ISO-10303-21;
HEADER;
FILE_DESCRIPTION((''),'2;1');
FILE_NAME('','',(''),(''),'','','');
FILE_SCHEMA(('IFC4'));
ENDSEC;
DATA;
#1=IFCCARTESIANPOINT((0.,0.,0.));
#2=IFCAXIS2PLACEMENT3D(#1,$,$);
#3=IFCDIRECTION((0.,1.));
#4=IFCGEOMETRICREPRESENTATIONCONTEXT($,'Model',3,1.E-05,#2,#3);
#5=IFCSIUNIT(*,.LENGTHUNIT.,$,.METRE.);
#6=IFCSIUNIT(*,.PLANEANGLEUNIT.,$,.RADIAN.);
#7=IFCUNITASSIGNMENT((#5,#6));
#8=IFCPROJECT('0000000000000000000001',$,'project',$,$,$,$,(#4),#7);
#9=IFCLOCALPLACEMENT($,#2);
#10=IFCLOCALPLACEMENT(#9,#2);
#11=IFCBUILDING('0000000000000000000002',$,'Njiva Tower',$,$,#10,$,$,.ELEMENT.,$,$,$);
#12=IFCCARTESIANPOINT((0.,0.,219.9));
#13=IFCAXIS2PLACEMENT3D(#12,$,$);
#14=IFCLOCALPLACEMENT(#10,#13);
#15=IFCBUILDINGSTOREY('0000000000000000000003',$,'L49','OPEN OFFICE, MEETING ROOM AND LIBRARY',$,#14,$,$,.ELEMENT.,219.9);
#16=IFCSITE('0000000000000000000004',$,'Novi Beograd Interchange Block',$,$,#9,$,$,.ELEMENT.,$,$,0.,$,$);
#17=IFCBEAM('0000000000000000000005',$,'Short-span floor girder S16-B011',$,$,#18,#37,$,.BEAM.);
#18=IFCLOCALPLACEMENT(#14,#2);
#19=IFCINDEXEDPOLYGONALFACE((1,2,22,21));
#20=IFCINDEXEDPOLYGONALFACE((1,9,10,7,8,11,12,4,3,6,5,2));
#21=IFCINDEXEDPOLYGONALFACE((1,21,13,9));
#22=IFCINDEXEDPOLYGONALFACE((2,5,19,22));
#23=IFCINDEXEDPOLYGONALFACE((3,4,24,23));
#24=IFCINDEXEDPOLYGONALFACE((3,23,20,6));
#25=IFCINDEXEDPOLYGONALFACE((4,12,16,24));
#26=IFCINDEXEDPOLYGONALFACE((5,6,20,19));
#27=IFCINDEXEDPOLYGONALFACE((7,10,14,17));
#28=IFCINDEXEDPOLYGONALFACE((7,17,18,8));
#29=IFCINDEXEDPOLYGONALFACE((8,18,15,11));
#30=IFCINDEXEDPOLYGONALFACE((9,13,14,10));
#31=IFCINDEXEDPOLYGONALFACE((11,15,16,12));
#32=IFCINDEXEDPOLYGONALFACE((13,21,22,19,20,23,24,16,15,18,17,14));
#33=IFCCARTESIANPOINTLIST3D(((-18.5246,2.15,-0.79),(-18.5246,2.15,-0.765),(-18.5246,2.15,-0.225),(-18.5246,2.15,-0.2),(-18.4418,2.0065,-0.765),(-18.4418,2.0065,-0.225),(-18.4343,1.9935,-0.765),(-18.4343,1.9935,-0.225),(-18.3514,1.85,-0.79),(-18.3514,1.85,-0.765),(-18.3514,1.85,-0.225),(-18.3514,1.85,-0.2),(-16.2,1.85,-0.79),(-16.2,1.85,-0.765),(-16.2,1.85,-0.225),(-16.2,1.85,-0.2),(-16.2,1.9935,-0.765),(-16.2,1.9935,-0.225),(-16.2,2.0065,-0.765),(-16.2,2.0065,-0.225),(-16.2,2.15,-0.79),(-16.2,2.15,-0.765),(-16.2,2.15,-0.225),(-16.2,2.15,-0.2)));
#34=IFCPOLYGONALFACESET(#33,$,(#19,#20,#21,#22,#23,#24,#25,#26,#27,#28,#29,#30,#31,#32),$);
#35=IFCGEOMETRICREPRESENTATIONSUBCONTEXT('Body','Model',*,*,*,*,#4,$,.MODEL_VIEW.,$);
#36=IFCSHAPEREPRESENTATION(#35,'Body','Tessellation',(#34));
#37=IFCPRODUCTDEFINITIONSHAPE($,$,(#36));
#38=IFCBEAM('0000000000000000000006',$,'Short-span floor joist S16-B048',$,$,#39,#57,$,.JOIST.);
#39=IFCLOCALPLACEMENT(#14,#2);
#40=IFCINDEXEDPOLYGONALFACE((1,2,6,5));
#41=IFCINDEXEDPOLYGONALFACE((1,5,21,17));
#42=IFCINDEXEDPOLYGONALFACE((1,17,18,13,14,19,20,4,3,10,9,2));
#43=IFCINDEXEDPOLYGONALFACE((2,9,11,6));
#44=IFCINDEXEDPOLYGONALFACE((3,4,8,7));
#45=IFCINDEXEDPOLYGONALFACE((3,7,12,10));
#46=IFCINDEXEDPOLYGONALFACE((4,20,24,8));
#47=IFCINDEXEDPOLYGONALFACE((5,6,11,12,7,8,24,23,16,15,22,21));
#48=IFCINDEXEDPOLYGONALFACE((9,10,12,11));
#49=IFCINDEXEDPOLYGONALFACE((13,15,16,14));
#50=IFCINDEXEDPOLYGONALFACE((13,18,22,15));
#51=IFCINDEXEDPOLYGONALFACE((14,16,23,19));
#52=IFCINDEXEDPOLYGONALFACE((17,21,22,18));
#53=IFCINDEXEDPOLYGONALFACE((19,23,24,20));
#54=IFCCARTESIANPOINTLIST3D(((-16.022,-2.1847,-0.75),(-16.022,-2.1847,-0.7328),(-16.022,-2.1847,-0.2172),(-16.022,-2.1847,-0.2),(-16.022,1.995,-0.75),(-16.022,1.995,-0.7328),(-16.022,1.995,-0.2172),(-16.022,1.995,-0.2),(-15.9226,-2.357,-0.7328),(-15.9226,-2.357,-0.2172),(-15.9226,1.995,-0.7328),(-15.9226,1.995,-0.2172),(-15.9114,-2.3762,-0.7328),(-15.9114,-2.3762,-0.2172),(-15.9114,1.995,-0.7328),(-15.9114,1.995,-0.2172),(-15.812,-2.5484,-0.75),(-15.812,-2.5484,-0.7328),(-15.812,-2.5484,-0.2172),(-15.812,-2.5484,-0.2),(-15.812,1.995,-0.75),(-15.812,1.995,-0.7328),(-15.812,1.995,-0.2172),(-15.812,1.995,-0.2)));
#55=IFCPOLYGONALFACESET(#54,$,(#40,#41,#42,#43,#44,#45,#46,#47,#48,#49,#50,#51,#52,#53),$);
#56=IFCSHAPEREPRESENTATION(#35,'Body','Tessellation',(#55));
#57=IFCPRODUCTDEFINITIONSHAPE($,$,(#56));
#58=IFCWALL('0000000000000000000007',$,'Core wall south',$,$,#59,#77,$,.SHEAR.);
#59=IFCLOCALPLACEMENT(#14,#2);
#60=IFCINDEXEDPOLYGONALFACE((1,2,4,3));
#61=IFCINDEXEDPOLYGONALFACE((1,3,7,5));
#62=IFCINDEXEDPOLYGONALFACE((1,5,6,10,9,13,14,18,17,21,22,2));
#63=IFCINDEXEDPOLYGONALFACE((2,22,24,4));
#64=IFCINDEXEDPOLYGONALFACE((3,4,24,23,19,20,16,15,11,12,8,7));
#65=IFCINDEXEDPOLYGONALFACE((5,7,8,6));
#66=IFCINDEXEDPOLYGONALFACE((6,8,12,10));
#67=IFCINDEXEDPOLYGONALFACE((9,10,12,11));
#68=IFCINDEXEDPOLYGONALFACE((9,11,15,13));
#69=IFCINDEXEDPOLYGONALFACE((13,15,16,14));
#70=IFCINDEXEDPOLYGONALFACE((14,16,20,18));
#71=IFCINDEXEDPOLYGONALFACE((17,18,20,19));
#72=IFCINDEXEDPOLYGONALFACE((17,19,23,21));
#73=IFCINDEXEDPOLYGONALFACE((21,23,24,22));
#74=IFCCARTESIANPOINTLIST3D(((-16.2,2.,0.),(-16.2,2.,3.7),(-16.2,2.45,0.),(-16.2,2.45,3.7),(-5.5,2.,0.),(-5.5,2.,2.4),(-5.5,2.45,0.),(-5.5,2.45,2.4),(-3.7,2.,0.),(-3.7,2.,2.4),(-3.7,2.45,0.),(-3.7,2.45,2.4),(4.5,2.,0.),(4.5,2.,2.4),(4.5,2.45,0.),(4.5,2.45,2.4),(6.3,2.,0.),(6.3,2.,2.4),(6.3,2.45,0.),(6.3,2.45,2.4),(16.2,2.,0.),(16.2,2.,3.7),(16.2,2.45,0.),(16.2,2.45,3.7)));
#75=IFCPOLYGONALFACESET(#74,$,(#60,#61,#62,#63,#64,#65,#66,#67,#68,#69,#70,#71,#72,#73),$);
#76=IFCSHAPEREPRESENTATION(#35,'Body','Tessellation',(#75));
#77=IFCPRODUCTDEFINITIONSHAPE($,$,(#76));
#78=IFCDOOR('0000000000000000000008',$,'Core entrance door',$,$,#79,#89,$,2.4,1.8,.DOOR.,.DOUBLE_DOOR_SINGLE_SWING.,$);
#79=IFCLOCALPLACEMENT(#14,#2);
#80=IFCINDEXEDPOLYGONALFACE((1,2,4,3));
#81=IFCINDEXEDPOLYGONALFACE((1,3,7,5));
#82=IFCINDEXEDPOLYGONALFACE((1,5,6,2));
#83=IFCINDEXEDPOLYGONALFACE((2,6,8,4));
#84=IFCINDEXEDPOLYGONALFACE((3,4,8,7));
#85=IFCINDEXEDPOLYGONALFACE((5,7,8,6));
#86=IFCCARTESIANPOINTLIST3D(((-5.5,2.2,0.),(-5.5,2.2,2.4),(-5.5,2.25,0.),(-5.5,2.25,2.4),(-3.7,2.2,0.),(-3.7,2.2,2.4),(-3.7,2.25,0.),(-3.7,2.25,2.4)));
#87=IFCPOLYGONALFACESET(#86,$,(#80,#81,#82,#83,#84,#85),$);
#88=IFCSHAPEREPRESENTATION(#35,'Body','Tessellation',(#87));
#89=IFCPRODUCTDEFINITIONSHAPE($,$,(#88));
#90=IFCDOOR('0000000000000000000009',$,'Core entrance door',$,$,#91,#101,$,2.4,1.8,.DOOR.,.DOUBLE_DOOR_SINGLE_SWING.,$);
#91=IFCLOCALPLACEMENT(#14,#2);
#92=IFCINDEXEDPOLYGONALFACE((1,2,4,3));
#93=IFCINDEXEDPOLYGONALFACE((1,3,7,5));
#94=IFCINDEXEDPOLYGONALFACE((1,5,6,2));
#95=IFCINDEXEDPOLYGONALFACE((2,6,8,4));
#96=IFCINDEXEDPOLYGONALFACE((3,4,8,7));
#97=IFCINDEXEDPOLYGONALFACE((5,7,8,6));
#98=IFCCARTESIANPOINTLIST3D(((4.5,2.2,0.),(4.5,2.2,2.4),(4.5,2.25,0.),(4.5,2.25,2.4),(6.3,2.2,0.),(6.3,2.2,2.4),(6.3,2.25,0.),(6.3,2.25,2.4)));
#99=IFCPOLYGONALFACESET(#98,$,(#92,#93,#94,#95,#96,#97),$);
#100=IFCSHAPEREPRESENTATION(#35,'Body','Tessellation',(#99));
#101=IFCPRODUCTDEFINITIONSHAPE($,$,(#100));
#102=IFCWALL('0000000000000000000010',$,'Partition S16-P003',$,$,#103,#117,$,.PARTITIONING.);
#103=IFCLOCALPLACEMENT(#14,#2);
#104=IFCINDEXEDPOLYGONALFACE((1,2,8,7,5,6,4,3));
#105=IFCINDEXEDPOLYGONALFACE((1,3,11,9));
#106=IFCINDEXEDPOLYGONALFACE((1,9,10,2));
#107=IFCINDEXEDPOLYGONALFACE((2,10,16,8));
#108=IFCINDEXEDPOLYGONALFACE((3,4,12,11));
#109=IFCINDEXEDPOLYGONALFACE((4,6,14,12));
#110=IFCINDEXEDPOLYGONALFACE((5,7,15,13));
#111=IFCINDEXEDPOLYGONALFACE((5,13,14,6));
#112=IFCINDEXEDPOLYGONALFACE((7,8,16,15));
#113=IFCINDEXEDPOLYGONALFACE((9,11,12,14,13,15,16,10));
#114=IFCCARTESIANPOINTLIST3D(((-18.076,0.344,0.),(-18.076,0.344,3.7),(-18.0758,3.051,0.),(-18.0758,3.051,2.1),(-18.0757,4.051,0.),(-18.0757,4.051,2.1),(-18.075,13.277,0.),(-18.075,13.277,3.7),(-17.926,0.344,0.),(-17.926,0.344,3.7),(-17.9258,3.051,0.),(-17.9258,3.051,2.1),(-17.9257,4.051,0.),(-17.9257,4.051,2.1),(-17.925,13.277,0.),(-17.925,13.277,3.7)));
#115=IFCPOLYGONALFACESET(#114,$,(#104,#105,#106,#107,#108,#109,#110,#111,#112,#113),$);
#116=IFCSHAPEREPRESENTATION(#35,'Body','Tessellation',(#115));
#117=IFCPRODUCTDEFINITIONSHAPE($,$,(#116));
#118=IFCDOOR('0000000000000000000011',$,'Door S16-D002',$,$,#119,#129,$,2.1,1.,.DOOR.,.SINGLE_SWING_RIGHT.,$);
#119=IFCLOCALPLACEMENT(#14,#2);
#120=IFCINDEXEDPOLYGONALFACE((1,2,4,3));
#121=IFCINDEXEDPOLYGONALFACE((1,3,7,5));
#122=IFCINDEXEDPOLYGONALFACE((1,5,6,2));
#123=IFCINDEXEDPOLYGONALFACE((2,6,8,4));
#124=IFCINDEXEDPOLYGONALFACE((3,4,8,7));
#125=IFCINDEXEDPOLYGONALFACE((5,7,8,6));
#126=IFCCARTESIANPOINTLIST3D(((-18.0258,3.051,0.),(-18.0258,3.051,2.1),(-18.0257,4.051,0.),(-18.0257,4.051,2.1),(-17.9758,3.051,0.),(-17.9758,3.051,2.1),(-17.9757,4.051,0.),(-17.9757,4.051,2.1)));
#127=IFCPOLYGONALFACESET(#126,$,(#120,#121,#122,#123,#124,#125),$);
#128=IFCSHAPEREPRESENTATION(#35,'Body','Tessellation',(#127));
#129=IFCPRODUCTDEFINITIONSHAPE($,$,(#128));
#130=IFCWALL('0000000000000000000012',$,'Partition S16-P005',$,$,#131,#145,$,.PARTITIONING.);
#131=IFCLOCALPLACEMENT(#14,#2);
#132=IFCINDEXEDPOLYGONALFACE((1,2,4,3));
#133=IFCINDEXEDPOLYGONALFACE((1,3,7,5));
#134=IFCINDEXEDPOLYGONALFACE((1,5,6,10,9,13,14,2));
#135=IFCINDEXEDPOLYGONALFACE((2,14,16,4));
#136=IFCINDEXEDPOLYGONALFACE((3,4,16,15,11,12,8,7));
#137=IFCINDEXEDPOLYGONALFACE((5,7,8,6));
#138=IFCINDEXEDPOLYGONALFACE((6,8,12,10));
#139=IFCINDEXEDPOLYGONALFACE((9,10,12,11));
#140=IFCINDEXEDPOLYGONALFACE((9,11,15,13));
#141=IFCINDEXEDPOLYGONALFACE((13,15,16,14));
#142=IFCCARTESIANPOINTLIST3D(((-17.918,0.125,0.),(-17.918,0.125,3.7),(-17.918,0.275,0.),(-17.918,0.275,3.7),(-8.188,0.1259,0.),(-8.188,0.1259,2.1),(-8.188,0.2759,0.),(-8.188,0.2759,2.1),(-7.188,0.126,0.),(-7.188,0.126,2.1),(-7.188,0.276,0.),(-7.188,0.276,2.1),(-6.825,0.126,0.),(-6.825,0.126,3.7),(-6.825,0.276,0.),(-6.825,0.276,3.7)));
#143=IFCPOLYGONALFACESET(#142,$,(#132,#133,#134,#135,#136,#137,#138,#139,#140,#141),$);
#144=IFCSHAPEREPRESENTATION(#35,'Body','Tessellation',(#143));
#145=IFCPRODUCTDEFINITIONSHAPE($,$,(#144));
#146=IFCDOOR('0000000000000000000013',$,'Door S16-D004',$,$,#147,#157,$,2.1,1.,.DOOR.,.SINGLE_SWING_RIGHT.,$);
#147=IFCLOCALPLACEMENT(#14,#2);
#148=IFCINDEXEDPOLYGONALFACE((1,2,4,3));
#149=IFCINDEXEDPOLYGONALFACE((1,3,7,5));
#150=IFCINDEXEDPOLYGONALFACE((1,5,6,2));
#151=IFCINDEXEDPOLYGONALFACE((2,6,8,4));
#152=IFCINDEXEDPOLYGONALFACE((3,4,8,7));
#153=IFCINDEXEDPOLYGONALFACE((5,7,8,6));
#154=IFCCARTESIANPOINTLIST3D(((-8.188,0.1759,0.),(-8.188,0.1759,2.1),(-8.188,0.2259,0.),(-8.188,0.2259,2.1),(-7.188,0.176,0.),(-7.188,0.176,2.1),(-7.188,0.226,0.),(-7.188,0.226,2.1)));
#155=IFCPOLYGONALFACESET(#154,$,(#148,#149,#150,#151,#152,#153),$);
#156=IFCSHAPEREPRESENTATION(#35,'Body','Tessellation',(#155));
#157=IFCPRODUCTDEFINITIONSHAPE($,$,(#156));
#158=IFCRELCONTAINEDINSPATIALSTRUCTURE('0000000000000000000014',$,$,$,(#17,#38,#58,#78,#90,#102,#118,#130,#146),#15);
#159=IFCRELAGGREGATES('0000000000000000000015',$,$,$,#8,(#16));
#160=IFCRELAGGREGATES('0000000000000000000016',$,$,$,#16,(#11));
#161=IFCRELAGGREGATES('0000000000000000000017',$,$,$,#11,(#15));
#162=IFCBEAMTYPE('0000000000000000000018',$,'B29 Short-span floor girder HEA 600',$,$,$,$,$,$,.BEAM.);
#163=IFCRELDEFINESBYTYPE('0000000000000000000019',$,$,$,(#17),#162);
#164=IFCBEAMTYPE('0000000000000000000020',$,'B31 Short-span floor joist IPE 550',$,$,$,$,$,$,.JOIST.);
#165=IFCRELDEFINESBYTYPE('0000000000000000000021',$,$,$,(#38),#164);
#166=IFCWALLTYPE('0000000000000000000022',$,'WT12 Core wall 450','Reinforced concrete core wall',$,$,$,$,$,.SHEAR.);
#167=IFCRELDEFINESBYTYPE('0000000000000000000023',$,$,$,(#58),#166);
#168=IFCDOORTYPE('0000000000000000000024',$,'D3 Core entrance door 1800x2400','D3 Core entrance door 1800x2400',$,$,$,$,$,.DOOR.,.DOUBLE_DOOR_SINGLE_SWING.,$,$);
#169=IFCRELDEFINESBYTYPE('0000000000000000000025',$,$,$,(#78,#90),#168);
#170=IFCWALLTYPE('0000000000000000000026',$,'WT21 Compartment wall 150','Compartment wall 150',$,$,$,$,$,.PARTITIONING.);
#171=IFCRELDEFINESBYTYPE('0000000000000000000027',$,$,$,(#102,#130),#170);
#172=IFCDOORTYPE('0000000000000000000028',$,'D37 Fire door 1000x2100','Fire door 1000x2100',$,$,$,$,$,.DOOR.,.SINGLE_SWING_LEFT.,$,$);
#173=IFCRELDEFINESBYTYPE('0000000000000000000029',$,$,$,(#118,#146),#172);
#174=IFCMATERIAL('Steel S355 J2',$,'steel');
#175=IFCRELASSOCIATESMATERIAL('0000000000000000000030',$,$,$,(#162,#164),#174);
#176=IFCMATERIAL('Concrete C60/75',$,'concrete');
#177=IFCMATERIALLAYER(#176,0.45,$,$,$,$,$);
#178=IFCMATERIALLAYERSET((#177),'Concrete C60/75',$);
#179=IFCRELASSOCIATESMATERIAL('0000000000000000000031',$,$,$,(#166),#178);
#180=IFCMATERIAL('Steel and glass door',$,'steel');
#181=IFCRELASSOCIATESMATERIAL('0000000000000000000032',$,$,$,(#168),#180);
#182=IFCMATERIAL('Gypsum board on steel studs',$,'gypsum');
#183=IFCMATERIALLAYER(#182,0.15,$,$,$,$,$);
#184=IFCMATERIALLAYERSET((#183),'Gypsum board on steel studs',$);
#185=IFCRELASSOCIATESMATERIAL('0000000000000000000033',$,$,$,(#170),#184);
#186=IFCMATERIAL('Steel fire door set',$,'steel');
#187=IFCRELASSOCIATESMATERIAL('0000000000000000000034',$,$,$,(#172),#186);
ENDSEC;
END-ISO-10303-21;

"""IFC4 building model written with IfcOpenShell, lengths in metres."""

from ifc_helpers import new_model, si_unit, direction, frame, frame_2d, origin, origin_2d, place, context, subcontext, project, spatial, rectangle, i_section, extrude, clip, halfspace, material, layer, layer_set, material_profile, profile_set, type_object, element, fill, save


model = new_model("IFC4")

# Units and contexts
model_context = context("Model", 3, precision=1e-05, world=origin(), true_north=direction((0.0, 1.0)))
body_context = subcontext(model_context, "Body", "Model", "MODEL_VIEW")
ifc_project = project(units=[si_unit("LENGTHUNIT", "METRE"), si_unit("PLANEANGLEUNIT", "RADIAN")], contexts=[model_context])

# Site, building, storey
site_placement = place(None, origin())
site = spatial("IfcSite", under=ifc_project, at=site_placement, Name="Novi Beograd Interchange Block", CompositionType="ELEMENT", RefElevation=0.0)
building_placement = place(site_placement, origin())
building = spatial("IfcBuilding", under=site, at=building_placement, Name="Njiva Tower", CompositionType="ELEMENT")
storey_placement = place(building_placement, frame((0.0, 0.0, 219.9)))
storey = spatial("IfcBuildingStorey", under=building, at=storey_placement, Name="L49", Description="OPEN OFFICE, MEETING ROOM AND LIBRARY", CompositionType="ELEMENT", Elevation=219.9)

# Shared definitions
ifc_material_1 = material(Name="Steel S355 J2", Category="steel")

# Beams
ifc_material_profile_1 = material_profile(ifc_material_1, i_section(OverallWidth=0.3, OverallDepth=0.59, WebThickness=0.013, FlangeThickness=0.025, at=origin_2d()), Name="HEA 600")
ifc_profile_set_1 = profile_set([ifc_material_profile_1], Name="Steel S355 J2")
beam_type_1 = type_object("IfcBeamType", Name="B29 Short-span floor girder HEA 600", PredefinedType="BEAM", material=ifc_profile_set_1)
beam_1_placement = place(storey_placement, frame((-18.545, 2.0, -0.495), z_axis=(1.0, 0.0, 0.0), x_axis=(0.0, 1.0, 0.0)))
element("IfcBeam", 1, at=beam_1_placement, inside=storey, type_object=beam_type_1, Name="Short-span floor girder S16-B011", PredefinedType="BEAM", context=body_context, shape_type="Clipping", body=[
    clip(extrude(i_section(OverallWidth=0.3, OverallDepth=0.59, WebThickness=0.013, FlangeThickness=0.025, at=origin_2d()), origin(), (0.0, 0.0, 1.0), 2.345), halfspace(frame((-0.025, 0.0, 0.1214), z_axis=(-0.499998, 0.0, -0.866027), x_axis=(0.0, -1.0, 0.0)), False)),
])
ifc_material_profile_2 = material_profile(ifc_material_1, i_section(OverallWidth=0.21, OverallDepth=0.55, WebThickness=0.0111, FlangeThickness=0.0172, at=origin_2d()), Name="IPE 550")
ifc_profile_set_2 = profile_set([ifc_material_profile_2], Name="Steel S355 J2")
beam_type_2 = type_object("IfcBeamType", Name="B31 Short-span floor joist IPE 550", PredefinedType="JOIST", material=ifc_profile_set_2)
beam_2_placement = place(storey_placement, frame((-15.917, 1.995, -0.475), z_axis=(0.0, -1.0, 0.0), x_axis=(1.0, 0.0, 0.0)))
element("IfcBeam", 2, at=beam_2_placement, inside=storey, type_object=beam_type_2, Name="Short-span floor joist S16-B048", PredefinedType="JOIST", context=body_context, shape_type="Clipping", body=[
    clip(extrude(i_section(OverallWidth=0.21, OverallDepth=0.55, WebThickness=0.0111, FlangeThickness=0.0172, at=origin_2d()), origin(), (0.0, 0.0, 1.0), 4.564), halfspace(frame((-0.043, 0.0, 4.2871), z_axis=(-0.866027, 0.0, 0.499998), x_axis=(0.0, 1.0, 0.0)), False)),
])

# Wall, openings, doors
ifc_material_2 = material(Name="Concrete C60/75", Category="concrete")
ifc_layer_1 = layer(ifc_material_2, 0.45)
ifc_layer_set_1 = layer_set([ifc_layer_1], Name="Concrete C60/75")
wall_type_1 = type_object("IfcWallType", Name="WT12 Core wall 450", Description="Reinforced concrete core wall", PredefinedType="SHEAR", material=ifc_layer_set_1)
wall_1_placement = place(storey_placement, frame((-16.2, 2.225, 0.0), z_axis=(0.0, 0.0, 1.0), x_axis=(1.0, 0.0, 0.0)))
wall_1 = element("IfcWall", 3, at=wall_1_placement, inside=storey, type_object=wall_type_1, Name="Core wall south", PredefinedType="SHEAR", context=body_context, shape_type="SweptSolid", body=[
    extrude(rectangle(XDim=32.4, YDim=0.45, at=frame_2d((16.2, 0.0))), origin(), (0.0, 0.0, 1.0), 3.7),
])
opening_1_placement = place(wall_1_placement, frame((10.7, 0.0, 0.0)))
opening_1 = element("IfcOpeningElement", 4, at=opening_1_placement, cuts=wall_1, PredefinedType="OPENING", context=body_context, shape_type="SweptSolid", body=[
    extrude(rectangle(XDim=1.8, YDim=2.4, at=frame_2d((0.9, 1.2))), frame((0.0, 0.235, 0.0), z_axis=(0.0, -1.0, 0.0), x_axis=(1.0, 0.0, 0.0)), (0.0, 0.0, 1.0), 0.47),
])
opening_2_placement = place(wall_1_placement, frame((20.7, 0.0, 0.0)))
opening_2 = element("IfcOpeningElement", 5, at=opening_2_placement, cuts=wall_1, PredefinedType="OPENING", context=body_context, shape_type="SweptSolid", body=[
    extrude(rectangle(XDim=1.8, YDim=2.4, at=frame_2d((0.9, 1.2))), frame((0.0, 0.235, 0.0), z_axis=(0.0, -1.0, 0.0), x_axis=(1.0, 0.0, 0.0)), (0.0, 0.0, 1.0), 0.47),
])
ifc_material_3 = material(Name="Steel and glass door", Category="steel")
door_type_1 = type_object("IfcDoorType", Name="D3 Core entrance door 1800x2400", Description="D3 Core entrance door 1800x2400", OperationType="DOUBLE_DOOR_SINGLE_SWING", PredefinedType="DOOR", material=ifc_material_3)
door_1_placement = place(opening_1_placement, origin())
door_1 = element("IfcDoor", 6, at=door_1_placement, inside=storey, type_object=door_type_1, Name="Core entrance door", OperationType="DOUBLE_DOOR_SINGLE_SWING", OverallHeight=2.4, OverallWidth=1.8, PredefinedType="DOOR", context=body_context, shape_type="SweptSolid", body=[
    extrude(rectangle(XDim=1.8, YDim=2.4, at=frame_2d((0.9, 1.2))), frame((0.0, 0.025, 0.0), z_axis=(0.0, -1.0, 0.0), x_axis=(1.0, 0.0, 0.0)), (0.0, 0.0, 1.0), 0.05),
])
fill(opening_1, door_1)
door_2_placement = place(opening_2_placement, origin())
door_2 = element("IfcDoor", 7, at=door_2_placement, inside=storey, type_object=door_type_1, Name="Core entrance door", OperationType="DOUBLE_DOOR_SINGLE_SWING", OverallHeight=2.4, OverallWidth=1.8, PredefinedType="DOOR", context=body_context, shape_type="SweptSolid", body=[
    extrude(rectangle(XDim=1.8, YDim=2.4, at=frame_2d((0.9, 1.2))), frame((0.0, 0.025, 0.0), z_axis=(0.0, -1.0, 0.0), x_axis=(1.0, 0.0, 0.0)), (0.0, 0.0, 1.0), 0.05),
])
fill(opening_2, door_2)

# Walls, openings, doors
ifc_material_4 = material(Name="Gypsum board on steel studs", Category="gypsum")
ifc_layer_2 = layer(ifc_material_4, 0.15)
ifc_layer_set_2 = layer_set([ifc_layer_2], Name="Gypsum board on steel studs")
wall_type_2 = type_object("IfcWallType", Name="WT21 Compartment wall 150", Description="Compartment wall 150", PredefinedType="PARTITIONING", material=ifc_layer_set_2)
wall_2_placement = place(storey_placement, frame((-18.001, 0.344, 0.0), z_axis=(0.0, 0.0, 1.0), x_axis=(0.000077, 1.0, 0.0)))
wall_2 = element("IfcWall", 8, at=wall_2_placement, inside=storey, type_object=wall_type_2, Name="Partition S16-P003", PredefinedType="PARTITIONING", context=body_context, shape_type="SweptSolid", body=[
    extrude(rectangle(XDim=12.933, YDim=0.15, at=frame_2d((6.4665, 0.0))), origin(), (0.0, 0.0, 1.0), 3.7),
])
opening_3_placement = place(wall_2_placement, frame((2.707, 0.0, 0.0)))
opening_3 = element("IfcOpeningElement", 9, at=opening_3_placement, cuts=wall_2, PredefinedType="OPENING", context=body_context, shape_type="SweptSolid", body=[
    extrude(rectangle(XDim=1.0, YDim=2.1, at=frame_2d((0.5, 1.05))), frame((0.0, 0.085, 0.0), z_axis=(0.0, -1.0, 0.0), x_axis=(1.0, 0.0, 0.0)), (0.0, 0.0, 1.0), 0.17),
])
ifc_material_5 = material(Name="Steel fire door set", Category="steel")
door_type_2 = type_object("IfcDoorType", Name="D37 Fire door 1000x2100", Description="Fire door 1000x2100", OperationType="SINGLE_SWING_LEFT", PredefinedType="DOOR", material=ifc_material_5)
door_3_placement = place(opening_3_placement, origin())
door_3 = element("IfcDoor", 10, at=door_3_placement, inside=storey, type_object=door_type_2, Name="Door S16-D002", OperationType="SINGLE_SWING_RIGHT", OverallHeight=2.1, OverallWidth=1.0, PredefinedType="DOOR", context=body_context, shape_type="SweptSolid", body=[
    extrude(rectangle(XDim=1.0, YDim=2.1, at=frame_2d((0.5, 1.05))), frame((0.0, 0.025, 0.0), z_axis=(0.0, -1.0, 0.0), x_axis=(1.0, 0.0, 0.0)), (0.0, 0.0, 1.0), 0.05),
])
fill(opening_3, door_3)
wall_3_placement = place(storey_placement, frame((-17.918, 0.2, 0.0), z_axis=(0.0, 0.0, 1.0), x_axis=(1.0, 0.00009, 0.0)))
wall_3 = element("IfcWall", 11, at=wall_3_placement, inside=storey, type_object=wall_type_2, Name="Partition S16-P005", PredefinedType="PARTITIONING", context=body_context, shape_type="SweptSolid", body=[
    extrude(rectangle(XDim=11.093, YDim=0.15, at=frame_2d((5.5465, 0.0))), origin(), (0.0, 0.0, 1.0), 3.7),
])
opening_4_placement = place(wall_3_placement, frame((9.73, 0.0, 0.0)))
opening_4 = element("IfcOpeningElement", 12, at=opening_4_placement, cuts=wall_3, PredefinedType="OPENING", context=body_context, shape_type="SweptSolid", body=[
    extrude(rectangle(XDim=1.0, YDim=2.1, at=frame_2d((0.5, 1.05))), frame((0.0, 0.085, 0.0), z_axis=(0.0, -1.0, 0.0), x_axis=(1.0, 0.0, 0.0)), (0.0, 0.0, 1.0), 0.17),
])
door_4_placement = place(opening_4_placement, origin())
door_4 = element("IfcDoor", 13, at=door_4_placement, inside=storey, type_object=door_type_2, Name="Door S16-D004", OperationType="SINGLE_SWING_RIGHT", OverallHeight=2.1, OverallWidth=1.0, PredefinedType="DOOR", context=body_context, shape_type="SweptSolid", body=[
    extrude(rectangle(XDim=1.0, YDim=2.1, at=frame_2d((0.5, 1.05))), frame((0.0, 0.025, 0.0), z_axis=(0.0, -1.0, 0.0), x_axis=(1.0, 0.0, 0.0)), (0.0, 0.0, 1.0), 0.05),
])
fill(opening_4, door_4)

save(model, "model.ifc")
